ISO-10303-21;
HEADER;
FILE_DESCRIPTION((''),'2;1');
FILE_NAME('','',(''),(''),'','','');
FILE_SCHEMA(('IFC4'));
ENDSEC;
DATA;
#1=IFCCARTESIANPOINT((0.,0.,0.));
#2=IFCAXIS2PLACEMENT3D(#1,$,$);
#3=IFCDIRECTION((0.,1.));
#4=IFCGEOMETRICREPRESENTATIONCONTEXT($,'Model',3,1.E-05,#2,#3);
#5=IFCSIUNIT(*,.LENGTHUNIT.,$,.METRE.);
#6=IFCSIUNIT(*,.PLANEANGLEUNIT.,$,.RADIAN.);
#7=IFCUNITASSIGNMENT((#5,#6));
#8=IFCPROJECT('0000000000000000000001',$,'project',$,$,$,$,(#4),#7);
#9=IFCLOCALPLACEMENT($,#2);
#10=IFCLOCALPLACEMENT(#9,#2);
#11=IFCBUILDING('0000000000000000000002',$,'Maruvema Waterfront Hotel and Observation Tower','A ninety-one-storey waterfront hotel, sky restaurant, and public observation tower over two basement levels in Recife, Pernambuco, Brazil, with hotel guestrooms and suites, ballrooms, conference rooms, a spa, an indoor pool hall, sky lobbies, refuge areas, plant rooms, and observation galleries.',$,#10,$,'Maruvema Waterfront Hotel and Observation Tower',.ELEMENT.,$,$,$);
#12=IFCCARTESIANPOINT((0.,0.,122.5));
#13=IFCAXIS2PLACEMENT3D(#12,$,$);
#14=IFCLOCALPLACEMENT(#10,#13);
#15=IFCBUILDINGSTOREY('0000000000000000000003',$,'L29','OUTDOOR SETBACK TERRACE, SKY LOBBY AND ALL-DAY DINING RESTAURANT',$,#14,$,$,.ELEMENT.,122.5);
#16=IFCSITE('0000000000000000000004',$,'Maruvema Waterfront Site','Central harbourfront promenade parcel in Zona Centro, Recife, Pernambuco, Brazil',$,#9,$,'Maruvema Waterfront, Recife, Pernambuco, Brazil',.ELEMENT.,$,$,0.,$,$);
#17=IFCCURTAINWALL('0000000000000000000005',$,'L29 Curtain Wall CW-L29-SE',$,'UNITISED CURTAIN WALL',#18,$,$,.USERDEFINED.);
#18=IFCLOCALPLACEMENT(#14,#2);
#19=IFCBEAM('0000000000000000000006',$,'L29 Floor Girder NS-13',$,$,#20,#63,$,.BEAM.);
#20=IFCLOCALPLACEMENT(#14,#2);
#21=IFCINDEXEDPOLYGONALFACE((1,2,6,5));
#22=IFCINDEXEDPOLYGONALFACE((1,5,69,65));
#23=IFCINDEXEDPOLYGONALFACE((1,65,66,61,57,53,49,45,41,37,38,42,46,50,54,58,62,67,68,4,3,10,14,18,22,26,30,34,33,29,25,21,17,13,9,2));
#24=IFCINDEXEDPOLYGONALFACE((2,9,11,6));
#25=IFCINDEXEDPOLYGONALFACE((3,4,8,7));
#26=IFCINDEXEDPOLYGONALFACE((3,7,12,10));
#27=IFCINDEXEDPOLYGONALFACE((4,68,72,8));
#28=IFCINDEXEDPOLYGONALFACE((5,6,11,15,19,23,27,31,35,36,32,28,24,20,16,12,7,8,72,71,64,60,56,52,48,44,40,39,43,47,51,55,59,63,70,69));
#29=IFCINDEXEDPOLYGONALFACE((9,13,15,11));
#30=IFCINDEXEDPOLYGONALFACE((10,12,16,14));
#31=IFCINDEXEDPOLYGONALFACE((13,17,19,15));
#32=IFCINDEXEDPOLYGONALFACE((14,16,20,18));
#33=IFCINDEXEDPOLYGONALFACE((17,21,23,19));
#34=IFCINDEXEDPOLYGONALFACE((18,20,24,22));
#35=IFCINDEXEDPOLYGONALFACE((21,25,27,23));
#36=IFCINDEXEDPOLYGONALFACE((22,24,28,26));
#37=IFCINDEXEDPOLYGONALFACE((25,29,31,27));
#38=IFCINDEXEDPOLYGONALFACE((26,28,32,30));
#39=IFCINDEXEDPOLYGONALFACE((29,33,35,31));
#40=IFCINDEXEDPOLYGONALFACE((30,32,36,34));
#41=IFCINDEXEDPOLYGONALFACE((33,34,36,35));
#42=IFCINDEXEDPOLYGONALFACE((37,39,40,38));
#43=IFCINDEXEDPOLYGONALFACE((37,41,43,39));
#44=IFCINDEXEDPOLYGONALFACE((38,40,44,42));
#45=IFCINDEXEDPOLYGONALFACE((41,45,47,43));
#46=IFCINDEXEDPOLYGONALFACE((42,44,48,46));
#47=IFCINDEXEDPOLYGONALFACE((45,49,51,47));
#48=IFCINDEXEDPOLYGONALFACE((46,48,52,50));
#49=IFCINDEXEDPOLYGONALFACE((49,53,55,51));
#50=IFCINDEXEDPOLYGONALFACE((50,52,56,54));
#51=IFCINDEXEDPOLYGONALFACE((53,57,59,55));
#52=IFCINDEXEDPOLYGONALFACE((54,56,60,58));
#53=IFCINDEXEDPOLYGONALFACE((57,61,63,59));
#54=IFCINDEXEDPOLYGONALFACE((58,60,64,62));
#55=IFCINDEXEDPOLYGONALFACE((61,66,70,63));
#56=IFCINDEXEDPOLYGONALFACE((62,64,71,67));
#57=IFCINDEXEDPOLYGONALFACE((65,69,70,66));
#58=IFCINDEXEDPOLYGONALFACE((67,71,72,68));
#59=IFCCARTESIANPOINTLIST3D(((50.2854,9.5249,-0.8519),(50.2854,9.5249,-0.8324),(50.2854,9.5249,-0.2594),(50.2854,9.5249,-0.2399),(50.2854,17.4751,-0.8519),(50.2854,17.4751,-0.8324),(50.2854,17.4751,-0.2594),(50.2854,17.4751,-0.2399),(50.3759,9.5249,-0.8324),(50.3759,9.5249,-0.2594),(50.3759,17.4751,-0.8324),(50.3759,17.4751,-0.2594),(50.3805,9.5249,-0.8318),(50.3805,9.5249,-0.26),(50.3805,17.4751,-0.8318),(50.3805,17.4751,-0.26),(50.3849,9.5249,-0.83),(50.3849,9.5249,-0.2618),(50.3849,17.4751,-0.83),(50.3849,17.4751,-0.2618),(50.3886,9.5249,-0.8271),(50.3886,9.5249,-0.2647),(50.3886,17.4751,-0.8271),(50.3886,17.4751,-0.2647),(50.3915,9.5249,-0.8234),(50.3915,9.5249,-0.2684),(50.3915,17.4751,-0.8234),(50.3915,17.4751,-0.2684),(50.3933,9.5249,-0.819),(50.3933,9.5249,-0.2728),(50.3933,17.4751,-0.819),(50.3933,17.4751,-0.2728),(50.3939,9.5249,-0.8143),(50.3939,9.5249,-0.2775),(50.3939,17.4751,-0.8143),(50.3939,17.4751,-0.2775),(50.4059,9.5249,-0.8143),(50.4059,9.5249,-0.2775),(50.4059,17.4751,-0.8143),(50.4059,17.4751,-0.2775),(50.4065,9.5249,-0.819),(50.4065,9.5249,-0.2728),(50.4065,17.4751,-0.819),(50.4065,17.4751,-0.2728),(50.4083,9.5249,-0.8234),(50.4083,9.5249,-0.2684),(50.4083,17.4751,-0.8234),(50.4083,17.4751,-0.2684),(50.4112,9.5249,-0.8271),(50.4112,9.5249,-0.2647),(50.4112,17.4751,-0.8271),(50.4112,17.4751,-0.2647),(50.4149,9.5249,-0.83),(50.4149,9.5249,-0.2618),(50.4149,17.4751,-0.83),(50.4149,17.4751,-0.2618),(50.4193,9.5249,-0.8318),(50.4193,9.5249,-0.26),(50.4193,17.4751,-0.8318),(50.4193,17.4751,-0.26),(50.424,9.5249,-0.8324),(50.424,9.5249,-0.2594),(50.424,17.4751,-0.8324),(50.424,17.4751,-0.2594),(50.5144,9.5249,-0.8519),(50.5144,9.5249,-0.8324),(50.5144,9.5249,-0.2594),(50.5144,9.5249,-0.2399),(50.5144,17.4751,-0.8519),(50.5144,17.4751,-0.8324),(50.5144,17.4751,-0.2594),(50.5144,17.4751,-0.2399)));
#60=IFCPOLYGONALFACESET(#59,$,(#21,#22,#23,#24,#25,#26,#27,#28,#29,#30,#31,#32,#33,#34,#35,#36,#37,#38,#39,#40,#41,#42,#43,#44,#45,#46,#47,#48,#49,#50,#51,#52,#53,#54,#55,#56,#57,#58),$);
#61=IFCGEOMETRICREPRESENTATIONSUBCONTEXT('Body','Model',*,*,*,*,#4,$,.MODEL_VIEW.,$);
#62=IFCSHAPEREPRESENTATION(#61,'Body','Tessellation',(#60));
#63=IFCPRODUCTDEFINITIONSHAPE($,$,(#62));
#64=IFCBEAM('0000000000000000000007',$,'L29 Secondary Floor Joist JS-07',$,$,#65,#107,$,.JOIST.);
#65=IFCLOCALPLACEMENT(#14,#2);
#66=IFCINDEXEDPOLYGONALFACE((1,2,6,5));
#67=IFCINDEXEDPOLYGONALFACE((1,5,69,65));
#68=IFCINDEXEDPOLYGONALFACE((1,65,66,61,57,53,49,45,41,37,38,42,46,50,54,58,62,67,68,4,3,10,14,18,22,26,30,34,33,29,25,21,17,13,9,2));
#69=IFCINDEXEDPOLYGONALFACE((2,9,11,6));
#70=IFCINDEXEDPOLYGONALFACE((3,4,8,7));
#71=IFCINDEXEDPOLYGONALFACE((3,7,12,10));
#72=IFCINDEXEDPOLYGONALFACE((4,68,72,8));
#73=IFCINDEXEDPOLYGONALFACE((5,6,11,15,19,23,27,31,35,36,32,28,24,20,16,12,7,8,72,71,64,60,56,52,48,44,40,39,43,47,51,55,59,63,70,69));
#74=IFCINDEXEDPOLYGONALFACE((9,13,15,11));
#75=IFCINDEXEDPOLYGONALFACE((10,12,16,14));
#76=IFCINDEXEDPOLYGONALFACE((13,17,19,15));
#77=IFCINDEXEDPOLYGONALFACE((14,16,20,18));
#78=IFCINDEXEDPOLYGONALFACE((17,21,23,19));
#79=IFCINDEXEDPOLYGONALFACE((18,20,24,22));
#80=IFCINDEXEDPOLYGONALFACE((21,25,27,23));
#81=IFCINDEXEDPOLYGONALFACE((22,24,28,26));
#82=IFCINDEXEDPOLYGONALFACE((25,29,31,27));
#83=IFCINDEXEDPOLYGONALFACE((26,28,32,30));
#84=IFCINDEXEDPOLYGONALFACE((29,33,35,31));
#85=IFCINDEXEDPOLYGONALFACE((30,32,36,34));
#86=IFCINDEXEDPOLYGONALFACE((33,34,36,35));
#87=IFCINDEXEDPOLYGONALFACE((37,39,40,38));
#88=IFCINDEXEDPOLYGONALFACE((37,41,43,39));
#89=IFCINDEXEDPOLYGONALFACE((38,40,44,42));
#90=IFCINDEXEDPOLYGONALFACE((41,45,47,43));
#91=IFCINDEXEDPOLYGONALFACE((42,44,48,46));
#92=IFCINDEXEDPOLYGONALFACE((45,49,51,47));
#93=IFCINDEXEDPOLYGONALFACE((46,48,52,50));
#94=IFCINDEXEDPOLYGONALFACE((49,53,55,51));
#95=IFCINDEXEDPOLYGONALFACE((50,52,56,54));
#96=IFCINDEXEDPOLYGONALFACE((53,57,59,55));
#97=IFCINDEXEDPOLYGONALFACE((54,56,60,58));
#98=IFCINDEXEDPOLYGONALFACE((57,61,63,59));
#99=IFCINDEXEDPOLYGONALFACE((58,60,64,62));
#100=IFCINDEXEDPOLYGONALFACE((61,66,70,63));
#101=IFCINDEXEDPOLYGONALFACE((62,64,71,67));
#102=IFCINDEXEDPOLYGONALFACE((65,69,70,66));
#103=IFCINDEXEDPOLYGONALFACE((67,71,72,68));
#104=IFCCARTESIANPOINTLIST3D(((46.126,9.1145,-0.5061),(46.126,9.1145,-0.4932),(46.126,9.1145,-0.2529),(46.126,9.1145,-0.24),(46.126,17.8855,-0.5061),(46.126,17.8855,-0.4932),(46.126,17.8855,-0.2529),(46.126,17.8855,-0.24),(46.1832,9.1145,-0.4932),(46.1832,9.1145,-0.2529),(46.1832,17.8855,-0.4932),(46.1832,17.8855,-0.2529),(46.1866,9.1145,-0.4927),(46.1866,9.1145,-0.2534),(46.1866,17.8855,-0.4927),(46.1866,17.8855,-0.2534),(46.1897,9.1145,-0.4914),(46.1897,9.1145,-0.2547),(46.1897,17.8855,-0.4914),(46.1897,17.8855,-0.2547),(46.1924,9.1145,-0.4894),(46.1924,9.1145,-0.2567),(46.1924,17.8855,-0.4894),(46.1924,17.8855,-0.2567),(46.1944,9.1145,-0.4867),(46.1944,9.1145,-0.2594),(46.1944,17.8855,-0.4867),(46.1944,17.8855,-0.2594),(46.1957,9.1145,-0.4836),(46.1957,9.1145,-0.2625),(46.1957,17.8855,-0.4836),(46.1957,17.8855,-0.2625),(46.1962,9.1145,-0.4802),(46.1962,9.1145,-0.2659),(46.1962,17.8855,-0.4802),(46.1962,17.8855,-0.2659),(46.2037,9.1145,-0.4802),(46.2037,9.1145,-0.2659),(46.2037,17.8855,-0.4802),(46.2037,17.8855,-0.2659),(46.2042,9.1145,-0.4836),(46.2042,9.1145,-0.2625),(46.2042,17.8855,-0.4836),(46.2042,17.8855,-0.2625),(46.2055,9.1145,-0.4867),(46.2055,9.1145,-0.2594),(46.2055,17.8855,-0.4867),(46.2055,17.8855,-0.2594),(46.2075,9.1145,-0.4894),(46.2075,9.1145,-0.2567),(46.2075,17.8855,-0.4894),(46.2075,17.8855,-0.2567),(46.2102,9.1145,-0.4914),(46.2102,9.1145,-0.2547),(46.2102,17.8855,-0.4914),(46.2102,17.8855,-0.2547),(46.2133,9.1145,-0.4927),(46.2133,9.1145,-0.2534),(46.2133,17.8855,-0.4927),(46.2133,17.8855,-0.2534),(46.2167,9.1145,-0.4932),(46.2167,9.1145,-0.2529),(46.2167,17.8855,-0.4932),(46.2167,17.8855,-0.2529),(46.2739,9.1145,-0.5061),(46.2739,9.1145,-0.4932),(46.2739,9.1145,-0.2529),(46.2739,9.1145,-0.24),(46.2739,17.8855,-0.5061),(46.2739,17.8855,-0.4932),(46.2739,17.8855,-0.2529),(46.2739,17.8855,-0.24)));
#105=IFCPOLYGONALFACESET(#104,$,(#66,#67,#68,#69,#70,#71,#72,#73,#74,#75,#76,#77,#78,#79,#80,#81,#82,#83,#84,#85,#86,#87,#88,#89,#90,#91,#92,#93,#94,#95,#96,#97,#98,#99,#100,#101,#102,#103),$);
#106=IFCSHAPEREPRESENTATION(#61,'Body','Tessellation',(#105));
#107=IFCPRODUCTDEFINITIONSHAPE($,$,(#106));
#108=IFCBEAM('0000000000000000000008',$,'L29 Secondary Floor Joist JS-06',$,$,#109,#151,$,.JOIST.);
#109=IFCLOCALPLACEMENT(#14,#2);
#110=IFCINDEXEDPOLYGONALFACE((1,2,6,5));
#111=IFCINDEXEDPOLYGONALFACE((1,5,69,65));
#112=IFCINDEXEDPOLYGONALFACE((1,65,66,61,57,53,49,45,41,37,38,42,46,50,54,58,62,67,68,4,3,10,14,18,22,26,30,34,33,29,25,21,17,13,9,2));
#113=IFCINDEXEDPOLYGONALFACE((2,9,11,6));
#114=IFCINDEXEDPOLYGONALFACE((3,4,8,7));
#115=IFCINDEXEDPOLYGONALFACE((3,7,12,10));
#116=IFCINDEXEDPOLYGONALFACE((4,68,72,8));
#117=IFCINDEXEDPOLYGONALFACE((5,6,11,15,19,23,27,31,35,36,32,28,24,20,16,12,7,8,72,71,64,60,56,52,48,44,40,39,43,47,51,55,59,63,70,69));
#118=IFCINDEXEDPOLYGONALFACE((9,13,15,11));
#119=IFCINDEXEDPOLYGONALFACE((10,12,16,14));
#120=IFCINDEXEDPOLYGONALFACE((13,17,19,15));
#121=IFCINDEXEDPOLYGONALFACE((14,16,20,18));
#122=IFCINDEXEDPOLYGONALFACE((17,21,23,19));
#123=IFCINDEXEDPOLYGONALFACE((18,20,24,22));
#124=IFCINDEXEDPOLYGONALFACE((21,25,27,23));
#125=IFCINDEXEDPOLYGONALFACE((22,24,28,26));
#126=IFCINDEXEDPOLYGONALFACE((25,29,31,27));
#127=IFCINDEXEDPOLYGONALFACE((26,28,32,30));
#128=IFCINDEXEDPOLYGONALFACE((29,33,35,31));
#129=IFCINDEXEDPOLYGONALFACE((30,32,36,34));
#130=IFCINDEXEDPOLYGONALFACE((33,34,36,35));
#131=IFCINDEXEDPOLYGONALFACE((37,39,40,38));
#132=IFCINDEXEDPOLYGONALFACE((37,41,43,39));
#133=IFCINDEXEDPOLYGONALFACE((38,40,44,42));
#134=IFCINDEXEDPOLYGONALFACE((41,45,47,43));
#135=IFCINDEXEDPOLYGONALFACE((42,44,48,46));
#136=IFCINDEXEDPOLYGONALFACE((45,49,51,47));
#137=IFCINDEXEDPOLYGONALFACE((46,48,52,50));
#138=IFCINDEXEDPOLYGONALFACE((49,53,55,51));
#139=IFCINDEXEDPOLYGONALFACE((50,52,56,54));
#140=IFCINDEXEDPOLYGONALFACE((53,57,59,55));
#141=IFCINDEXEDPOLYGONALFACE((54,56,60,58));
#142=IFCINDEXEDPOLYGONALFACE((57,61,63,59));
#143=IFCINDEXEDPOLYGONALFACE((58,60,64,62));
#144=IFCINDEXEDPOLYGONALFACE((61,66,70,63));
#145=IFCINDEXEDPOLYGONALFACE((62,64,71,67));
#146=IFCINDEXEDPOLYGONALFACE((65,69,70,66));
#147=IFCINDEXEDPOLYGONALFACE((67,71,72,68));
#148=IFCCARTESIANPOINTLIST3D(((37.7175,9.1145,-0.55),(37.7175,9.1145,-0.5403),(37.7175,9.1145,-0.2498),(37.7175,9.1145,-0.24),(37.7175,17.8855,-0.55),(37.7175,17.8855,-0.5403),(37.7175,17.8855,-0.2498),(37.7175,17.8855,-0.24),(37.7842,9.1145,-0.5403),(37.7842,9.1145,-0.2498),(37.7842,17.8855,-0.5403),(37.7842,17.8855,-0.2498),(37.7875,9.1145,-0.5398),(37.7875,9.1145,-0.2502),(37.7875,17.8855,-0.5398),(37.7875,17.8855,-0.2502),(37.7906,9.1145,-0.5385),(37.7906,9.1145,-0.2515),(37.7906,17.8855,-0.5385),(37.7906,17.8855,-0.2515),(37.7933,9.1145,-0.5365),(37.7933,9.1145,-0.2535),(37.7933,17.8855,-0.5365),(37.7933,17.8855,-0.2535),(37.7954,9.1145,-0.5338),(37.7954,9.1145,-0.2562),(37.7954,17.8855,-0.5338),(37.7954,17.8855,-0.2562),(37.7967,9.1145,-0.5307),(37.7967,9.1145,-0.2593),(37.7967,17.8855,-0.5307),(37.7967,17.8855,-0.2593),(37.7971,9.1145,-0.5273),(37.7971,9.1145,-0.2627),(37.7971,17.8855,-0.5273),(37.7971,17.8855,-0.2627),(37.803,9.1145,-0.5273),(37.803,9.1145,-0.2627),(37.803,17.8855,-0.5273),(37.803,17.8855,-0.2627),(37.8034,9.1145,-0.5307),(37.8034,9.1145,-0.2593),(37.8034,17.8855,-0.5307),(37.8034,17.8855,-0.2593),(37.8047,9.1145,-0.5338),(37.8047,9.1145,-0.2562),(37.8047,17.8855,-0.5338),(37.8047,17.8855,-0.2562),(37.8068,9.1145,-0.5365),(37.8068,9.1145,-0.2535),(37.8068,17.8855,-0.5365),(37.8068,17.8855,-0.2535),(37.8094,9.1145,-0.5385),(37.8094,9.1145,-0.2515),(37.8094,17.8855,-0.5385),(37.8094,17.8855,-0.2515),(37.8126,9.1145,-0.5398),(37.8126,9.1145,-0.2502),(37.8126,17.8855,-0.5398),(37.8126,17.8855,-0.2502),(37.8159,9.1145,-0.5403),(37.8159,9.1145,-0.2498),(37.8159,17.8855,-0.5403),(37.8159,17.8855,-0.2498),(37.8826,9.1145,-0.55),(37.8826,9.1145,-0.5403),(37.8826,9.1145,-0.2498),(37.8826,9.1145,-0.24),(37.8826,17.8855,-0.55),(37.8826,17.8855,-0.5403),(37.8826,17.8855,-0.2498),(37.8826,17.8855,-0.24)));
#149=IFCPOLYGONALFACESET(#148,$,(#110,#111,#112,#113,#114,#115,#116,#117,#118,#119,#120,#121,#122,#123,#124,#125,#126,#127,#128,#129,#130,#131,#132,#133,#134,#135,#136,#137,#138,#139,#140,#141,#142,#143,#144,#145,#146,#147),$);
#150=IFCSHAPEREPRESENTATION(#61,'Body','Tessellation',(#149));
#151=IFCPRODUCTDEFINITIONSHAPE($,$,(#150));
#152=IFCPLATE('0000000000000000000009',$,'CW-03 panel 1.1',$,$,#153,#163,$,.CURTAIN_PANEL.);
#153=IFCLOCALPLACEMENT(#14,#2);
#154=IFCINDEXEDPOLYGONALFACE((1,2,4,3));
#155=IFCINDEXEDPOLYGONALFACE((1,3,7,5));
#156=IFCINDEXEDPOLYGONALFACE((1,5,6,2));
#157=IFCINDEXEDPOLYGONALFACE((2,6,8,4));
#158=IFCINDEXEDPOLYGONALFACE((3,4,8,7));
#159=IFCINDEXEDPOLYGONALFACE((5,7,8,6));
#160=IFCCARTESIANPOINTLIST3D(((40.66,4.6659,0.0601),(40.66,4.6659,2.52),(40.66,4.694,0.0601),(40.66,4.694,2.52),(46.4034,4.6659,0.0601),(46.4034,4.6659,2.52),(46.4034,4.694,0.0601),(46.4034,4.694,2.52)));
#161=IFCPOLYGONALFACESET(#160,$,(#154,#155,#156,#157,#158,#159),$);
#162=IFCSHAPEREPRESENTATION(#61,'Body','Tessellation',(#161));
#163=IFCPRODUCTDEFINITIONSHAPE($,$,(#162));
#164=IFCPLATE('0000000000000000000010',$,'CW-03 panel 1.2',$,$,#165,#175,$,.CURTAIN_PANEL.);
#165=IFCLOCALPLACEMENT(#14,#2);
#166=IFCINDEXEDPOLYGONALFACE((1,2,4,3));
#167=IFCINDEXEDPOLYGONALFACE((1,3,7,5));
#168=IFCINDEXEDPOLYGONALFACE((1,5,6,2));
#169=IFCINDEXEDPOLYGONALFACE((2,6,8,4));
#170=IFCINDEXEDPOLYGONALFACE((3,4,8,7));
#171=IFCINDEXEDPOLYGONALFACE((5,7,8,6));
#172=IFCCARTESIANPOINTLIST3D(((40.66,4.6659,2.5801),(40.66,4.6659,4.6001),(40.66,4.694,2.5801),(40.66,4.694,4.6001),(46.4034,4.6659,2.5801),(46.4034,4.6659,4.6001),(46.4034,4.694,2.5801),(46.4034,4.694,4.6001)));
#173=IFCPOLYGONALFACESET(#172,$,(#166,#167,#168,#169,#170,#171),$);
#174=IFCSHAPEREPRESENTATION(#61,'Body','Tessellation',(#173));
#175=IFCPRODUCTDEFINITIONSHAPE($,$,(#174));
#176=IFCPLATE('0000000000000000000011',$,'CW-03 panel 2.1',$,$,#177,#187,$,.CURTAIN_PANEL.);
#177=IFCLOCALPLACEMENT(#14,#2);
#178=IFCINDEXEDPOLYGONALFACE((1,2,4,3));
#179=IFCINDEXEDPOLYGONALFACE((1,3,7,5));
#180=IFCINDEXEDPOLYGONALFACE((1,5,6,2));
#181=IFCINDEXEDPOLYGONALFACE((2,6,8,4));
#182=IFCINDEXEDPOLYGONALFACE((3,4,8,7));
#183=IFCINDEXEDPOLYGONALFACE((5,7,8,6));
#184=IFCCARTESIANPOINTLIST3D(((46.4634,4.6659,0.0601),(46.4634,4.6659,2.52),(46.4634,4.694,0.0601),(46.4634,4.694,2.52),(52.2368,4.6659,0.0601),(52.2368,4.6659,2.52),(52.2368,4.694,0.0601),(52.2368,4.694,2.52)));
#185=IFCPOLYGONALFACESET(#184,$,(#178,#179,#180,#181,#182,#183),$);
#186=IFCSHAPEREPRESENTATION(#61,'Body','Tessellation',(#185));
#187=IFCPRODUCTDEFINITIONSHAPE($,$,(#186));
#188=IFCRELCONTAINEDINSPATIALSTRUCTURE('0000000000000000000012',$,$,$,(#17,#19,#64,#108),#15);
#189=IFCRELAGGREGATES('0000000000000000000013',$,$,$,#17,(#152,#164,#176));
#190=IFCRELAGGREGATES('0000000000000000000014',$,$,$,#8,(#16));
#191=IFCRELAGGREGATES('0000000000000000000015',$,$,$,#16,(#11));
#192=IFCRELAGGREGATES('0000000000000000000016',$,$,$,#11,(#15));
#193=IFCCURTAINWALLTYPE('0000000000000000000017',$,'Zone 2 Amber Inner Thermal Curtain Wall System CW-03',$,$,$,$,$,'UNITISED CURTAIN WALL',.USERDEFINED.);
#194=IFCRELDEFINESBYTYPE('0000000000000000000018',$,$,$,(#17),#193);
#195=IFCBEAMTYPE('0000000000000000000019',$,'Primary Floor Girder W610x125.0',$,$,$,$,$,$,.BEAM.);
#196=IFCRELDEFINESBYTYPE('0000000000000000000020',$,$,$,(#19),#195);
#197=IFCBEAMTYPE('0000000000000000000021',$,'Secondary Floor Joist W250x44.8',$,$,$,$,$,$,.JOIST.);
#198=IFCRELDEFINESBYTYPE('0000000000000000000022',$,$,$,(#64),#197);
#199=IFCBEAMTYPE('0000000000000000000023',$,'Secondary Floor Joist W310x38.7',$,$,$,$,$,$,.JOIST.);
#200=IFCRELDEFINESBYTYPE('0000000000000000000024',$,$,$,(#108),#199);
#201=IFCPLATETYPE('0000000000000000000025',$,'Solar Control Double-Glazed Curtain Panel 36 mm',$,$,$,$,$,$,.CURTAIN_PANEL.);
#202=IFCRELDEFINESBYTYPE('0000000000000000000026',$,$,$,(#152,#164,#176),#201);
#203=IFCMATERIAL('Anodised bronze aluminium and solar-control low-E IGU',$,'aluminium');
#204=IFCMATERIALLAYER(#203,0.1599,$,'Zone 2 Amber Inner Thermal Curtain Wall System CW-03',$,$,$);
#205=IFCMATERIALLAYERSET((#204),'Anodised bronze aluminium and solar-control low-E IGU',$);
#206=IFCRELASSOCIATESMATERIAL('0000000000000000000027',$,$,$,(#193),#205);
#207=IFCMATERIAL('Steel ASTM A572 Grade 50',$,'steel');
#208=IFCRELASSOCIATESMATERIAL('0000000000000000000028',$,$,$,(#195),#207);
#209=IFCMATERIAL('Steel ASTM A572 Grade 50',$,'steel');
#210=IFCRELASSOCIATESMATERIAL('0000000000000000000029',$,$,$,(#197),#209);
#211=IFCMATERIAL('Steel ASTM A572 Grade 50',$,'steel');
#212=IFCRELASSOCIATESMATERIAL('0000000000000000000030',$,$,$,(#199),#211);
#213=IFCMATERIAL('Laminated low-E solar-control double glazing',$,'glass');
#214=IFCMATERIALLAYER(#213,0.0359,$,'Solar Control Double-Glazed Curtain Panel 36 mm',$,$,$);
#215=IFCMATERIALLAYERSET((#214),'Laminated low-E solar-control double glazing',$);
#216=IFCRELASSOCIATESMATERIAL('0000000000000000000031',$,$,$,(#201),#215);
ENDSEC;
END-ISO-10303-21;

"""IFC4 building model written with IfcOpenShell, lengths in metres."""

from ifc_helpers import new_model, si_unit, direction, frame, origin, origin_2d, place, context, subcontext, project, spatial, rectangle, i_section, extrude, material, layer, layer_set, material_profile, profile_set, type_object, element, aggregate, save


model = new_model("IFC4")

# Units and contexts
model_context = context("Model", 3, precision=1e-05, world=origin(), true_north=direction((0.0, 1.0)))
body_context = subcontext(model_context, "Body", "Model", "MODEL_VIEW")
ifc_project = project(units=[si_unit("LENGTHUNIT", "METRE"), si_unit("PLANEANGLEUNIT", "RADIAN")], contexts=[model_context])

# Site, building, storey
site_placement = place(None, origin())
site = spatial("IfcSite", under=ifc_project, at=site_placement, Name="Maruvema Waterfront Site", Description="Central harbourfront promenade parcel in Zona Centro, Recife, Pernambuco, Brazil", LongName="Maruvema Waterfront, Recife, Pernambuco, Brazil", CompositionType="ELEMENT", RefElevation=0.0)
building_placement = place(site_placement, origin())
building = spatial("IfcBuilding", under=site, at=building_placement, Name="Maruvema Waterfront Hotel and Observation Tower", Description="A ninety-one-storey waterfront hotel, sky restaurant, and public observation tower over two basement levels in Recife, Pernambuco, Brazil, with hotel guestrooms and suites, ballrooms, conference rooms, a spa, an indoor pool hall, sky lobbies, refuge areas, plant rooms, and observation galleries.", LongName="Maruvema Waterfront Hotel and Observation Tower", CompositionType="ELEMENT")
storey_placement = place(building_placement, frame((0.0, 0.0, 122.5)))
storey = spatial("IfcBuildingStorey", under=building, at=storey_placement, Name="L29", Description="OUTDOOR SETBACK TERRACE, SKY LOBBY AND ALL-DAY DINING RESTAURANT", CompositionType="ELEMENT", Elevation=122.5)

# Curtain wall
ifc_material_1 = material(Name="Anodised bronze aluminium and solar-control low-E IGU", Category="aluminium")
ifc_layer_1 = layer(ifc_material_1, 0.1599, Name="Zone 2 Amber Inner Thermal Curtain Wall System CW-03")
ifc_layer_set_1 = layer_set([ifc_layer_1], Name="Anodised bronze aluminium and solar-control low-E IGU")
curtain_wall_type = type_object("IfcCurtainWallType", Name="Zone 2 Amber Inner Thermal Curtain Wall System CW-03", ElementType="UNITISED CURTAIN WALL", PredefinedType="USERDEFINED", material=ifc_layer_set_1)
curtain_wall_placement = place(storey_placement, origin())
curtain_wall = element("IfcCurtainWall", 1, at=curtain_wall_placement, inside=storey, type_object=curtain_wall_type, Name="L29 Curtain Wall CW-L29-SE", ObjectType="UNITISED CURTAIN WALL", PredefinedType="USERDEFINED")

# Beams
ifc_material_2 = material(Name="Steel ASTM A572 Grade 50", Category="steel")
ifc_material_profile_1 = material_profile(ifc_material_2, i_section(OverallWidth=0.229, OverallDepth=0.6121, WebThickness=0.012, FlangeThickness=0.0195, FilletRadius=0.0181, at=origin_2d()), Name="W610x125.0")
ifc_profile_set_1 = profile_set([ifc_material_profile_1], Name="Steel ASTM A572 Grade 50")
beam_type_1 = type_object("IfcBeamType", Name="Primary Floor Girder W610x125.0", PredefinedType="BEAM", material=ifc_profile_set_1)
beam_1_placement = place(storey_placement, frame((50.3999, 9.5249, -0.5459), z_axis=(0.0, 1.0, 0.0), x_axis=(-1.0, 0.0, 0.0)))
element("IfcBeam", 2, at=beam_1_placement, inside=storey, type_object=beam_type_1, Name="L29 Floor Girder NS-13", PredefinedType="BEAM", context=body_context, shape_type="SweptSolid", body=[
    extrude(i_section(OverallWidth=0.229, OverallDepth=0.6121, WebThickness=0.012, FlangeThickness=0.0195, FilletRadius=0.0181, at=origin_2d()), origin(), (0.0, 0.0, 1.0), 7.9502),
])
ifc_material_3 = material(Name="Steel ASTM A572 Grade 50", Category="steel")
ifc_material_profile_2 = material_profile(ifc_material_3, i_section(OverallWidth=0.1479, OverallDepth=0.2661, WebThickness=0.0076, FlangeThickness=0.0129, FilletRadius=0.0129, at=origin_2d()), Name="W250x44.8")
ifc_profile_set_2 = profile_set([ifc_material_profile_2], Name="Steel ASTM A572 Grade 50")
beam_type_2 = type_object("IfcBeamType", Name="Secondary Floor Joist W250x44.8", PredefinedType="JOIST", material=ifc_profile_set_2)
beam_2_placement = place(storey_placement, frame((46.2, 9.1145, -0.373), z_axis=(0.0, 1.0, 0.0), x_axis=(-1.0, 0.0, 0.0)))
element("IfcBeam", 3, at=beam_2_placement, inside=storey, type_object=beam_type_2, Name="L29 Secondary Floor Joist JS-07", PredefinedType="JOIST", context=body_context, shape_type="SweptSolid", body=[
    extrude(i_section(OverallWidth=0.1479, OverallDepth=0.2661, WebThickness=0.0076, FlangeThickness=0.0129, FilletRadius=0.0129, at=origin_2d()), origin(), (0.0, 0.0, 1.0), 8.771),
])
ifc_material_4 = material(Name="Steel ASTM A572 Grade 50", Category="steel")
ifc_material_profile_3 = material_profile(ifc_material_4, i_section(OverallWidth=0.165, OverallDepth=0.3101, WebThickness=0.0059, FlangeThickness=0.0098, FilletRadius=0.0129, at=origin_2d()), Name="W310x38.7")
ifc_profile_set_3 = profile_set([ifc_material_profile_3], Name="Steel ASTM A572 Grade 50")
beam_type_3 = type_object("IfcBeamType", Name="Secondary Floor Joist W310x38.7", PredefinedType="JOIST", material=ifc_profile_set_3)
beam_3_placement = place(storey_placement, frame((37.8, 9.1145, -0.395), z_axis=(0.0, 1.0, 0.0), x_axis=(-1.0, 0.0, 0.0)))
element("IfcBeam", 4, at=beam_3_placement, inside=storey, type_object=beam_type_3, Name="L29 Secondary Floor Joist JS-06", PredefinedType="JOIST", context=body_context, shape_type="SweptSolid", body=[
    extrude(i_section(OverallWidth=0.165, OverallDepth=0.3101, WebThickness=0.0059, FlangeThickness=0.0098, FilletRadius=0.0129, at=origin_2d()), origin(), (0.0, 0.0, 1.0), 8.771),
])

# Plates
ifc_material_5 = material(Name="Laminated low-E solar-control double glazing", Category="glass")
ifc_layer_2 = layer(ifc_material_5, 0.0359, Name="Solar Control Double-Glazed Curtain Panel 36 mm")
ifc_layer_set_2 = layer_set([ifc_layer_2], Name="Laminated low-E solar-control double glazing")
plate_type = type_object("IfcPlateType", Name="Solar Control Double-Glazed Curtain Panel 36 mm", PredefinedType="CURTAIN_PANEL", material=ifc_layer_set_2)
plate_1_placement = place(storey_placement, frame((43.5317, 4.6799, 0.0601), z_axis=(0.0, 0.0, 1.0), x_axis=(1.0, 0.0, 0.0)))
plate_1 = element("IfcPlate", 5, at=plate_1_placement, type_object=plate_type, Name="CW-03 panel 1.1", PredefinedType="CURTAIN_PANEL", context=body_context, shape_type="SweptSolid", body=[
    extrude(rectangle(XDim=5.7434, YDim=0.0281, at=origin_2d()), origin(), (0.0, 0.0, 1.0), 2.46),
])
plate_2_placement = place(storey_placement, frame((43.5317, 4.6799, 2.5801), z_axis=(0.0, 0.0, 1.0), x_axis=(1.0, 0.0, 0.0)))
plate_2 = element("IfcPlate", 6, at=plate_2_placement, type_object=plate_type, Name="CW-03 panel 1.2", PredefinedType="CURTAIN_PANEL", context=body_context, shape_type="SweptSolid", body=[
    extrude(rectangle(XDim=5.7434, YDim=0.0281, at=origin_2d()), origin(), (0.0, 0.0, 1.0), 2.02),
])
plate_3_placement = place(storey_placement, frame((49.3501, 4.6799, 0.0601), z_axis=(0.0, 0.0, 1.0), x_axis=(1.0, 0.0, 0.0)))
plate_3 = element("IfcPlate", 7, at=plate_3_placement, type_object=plate_type, Name="CW-03 panel 2.1", PredefinedType="CURTAIN_PANEL", context=body_context, shape_type="SweptSolid", body=[
    extrude(rectangle(XDim=5.7734, YDim=0.0281, at=origin_2d()), origin(), (0.0, 0.0, 1.0), 2.46),
])
aggregate(curtain_wall, [plate_1, plate_2, plate_3])

save(model, "model.ifc")
